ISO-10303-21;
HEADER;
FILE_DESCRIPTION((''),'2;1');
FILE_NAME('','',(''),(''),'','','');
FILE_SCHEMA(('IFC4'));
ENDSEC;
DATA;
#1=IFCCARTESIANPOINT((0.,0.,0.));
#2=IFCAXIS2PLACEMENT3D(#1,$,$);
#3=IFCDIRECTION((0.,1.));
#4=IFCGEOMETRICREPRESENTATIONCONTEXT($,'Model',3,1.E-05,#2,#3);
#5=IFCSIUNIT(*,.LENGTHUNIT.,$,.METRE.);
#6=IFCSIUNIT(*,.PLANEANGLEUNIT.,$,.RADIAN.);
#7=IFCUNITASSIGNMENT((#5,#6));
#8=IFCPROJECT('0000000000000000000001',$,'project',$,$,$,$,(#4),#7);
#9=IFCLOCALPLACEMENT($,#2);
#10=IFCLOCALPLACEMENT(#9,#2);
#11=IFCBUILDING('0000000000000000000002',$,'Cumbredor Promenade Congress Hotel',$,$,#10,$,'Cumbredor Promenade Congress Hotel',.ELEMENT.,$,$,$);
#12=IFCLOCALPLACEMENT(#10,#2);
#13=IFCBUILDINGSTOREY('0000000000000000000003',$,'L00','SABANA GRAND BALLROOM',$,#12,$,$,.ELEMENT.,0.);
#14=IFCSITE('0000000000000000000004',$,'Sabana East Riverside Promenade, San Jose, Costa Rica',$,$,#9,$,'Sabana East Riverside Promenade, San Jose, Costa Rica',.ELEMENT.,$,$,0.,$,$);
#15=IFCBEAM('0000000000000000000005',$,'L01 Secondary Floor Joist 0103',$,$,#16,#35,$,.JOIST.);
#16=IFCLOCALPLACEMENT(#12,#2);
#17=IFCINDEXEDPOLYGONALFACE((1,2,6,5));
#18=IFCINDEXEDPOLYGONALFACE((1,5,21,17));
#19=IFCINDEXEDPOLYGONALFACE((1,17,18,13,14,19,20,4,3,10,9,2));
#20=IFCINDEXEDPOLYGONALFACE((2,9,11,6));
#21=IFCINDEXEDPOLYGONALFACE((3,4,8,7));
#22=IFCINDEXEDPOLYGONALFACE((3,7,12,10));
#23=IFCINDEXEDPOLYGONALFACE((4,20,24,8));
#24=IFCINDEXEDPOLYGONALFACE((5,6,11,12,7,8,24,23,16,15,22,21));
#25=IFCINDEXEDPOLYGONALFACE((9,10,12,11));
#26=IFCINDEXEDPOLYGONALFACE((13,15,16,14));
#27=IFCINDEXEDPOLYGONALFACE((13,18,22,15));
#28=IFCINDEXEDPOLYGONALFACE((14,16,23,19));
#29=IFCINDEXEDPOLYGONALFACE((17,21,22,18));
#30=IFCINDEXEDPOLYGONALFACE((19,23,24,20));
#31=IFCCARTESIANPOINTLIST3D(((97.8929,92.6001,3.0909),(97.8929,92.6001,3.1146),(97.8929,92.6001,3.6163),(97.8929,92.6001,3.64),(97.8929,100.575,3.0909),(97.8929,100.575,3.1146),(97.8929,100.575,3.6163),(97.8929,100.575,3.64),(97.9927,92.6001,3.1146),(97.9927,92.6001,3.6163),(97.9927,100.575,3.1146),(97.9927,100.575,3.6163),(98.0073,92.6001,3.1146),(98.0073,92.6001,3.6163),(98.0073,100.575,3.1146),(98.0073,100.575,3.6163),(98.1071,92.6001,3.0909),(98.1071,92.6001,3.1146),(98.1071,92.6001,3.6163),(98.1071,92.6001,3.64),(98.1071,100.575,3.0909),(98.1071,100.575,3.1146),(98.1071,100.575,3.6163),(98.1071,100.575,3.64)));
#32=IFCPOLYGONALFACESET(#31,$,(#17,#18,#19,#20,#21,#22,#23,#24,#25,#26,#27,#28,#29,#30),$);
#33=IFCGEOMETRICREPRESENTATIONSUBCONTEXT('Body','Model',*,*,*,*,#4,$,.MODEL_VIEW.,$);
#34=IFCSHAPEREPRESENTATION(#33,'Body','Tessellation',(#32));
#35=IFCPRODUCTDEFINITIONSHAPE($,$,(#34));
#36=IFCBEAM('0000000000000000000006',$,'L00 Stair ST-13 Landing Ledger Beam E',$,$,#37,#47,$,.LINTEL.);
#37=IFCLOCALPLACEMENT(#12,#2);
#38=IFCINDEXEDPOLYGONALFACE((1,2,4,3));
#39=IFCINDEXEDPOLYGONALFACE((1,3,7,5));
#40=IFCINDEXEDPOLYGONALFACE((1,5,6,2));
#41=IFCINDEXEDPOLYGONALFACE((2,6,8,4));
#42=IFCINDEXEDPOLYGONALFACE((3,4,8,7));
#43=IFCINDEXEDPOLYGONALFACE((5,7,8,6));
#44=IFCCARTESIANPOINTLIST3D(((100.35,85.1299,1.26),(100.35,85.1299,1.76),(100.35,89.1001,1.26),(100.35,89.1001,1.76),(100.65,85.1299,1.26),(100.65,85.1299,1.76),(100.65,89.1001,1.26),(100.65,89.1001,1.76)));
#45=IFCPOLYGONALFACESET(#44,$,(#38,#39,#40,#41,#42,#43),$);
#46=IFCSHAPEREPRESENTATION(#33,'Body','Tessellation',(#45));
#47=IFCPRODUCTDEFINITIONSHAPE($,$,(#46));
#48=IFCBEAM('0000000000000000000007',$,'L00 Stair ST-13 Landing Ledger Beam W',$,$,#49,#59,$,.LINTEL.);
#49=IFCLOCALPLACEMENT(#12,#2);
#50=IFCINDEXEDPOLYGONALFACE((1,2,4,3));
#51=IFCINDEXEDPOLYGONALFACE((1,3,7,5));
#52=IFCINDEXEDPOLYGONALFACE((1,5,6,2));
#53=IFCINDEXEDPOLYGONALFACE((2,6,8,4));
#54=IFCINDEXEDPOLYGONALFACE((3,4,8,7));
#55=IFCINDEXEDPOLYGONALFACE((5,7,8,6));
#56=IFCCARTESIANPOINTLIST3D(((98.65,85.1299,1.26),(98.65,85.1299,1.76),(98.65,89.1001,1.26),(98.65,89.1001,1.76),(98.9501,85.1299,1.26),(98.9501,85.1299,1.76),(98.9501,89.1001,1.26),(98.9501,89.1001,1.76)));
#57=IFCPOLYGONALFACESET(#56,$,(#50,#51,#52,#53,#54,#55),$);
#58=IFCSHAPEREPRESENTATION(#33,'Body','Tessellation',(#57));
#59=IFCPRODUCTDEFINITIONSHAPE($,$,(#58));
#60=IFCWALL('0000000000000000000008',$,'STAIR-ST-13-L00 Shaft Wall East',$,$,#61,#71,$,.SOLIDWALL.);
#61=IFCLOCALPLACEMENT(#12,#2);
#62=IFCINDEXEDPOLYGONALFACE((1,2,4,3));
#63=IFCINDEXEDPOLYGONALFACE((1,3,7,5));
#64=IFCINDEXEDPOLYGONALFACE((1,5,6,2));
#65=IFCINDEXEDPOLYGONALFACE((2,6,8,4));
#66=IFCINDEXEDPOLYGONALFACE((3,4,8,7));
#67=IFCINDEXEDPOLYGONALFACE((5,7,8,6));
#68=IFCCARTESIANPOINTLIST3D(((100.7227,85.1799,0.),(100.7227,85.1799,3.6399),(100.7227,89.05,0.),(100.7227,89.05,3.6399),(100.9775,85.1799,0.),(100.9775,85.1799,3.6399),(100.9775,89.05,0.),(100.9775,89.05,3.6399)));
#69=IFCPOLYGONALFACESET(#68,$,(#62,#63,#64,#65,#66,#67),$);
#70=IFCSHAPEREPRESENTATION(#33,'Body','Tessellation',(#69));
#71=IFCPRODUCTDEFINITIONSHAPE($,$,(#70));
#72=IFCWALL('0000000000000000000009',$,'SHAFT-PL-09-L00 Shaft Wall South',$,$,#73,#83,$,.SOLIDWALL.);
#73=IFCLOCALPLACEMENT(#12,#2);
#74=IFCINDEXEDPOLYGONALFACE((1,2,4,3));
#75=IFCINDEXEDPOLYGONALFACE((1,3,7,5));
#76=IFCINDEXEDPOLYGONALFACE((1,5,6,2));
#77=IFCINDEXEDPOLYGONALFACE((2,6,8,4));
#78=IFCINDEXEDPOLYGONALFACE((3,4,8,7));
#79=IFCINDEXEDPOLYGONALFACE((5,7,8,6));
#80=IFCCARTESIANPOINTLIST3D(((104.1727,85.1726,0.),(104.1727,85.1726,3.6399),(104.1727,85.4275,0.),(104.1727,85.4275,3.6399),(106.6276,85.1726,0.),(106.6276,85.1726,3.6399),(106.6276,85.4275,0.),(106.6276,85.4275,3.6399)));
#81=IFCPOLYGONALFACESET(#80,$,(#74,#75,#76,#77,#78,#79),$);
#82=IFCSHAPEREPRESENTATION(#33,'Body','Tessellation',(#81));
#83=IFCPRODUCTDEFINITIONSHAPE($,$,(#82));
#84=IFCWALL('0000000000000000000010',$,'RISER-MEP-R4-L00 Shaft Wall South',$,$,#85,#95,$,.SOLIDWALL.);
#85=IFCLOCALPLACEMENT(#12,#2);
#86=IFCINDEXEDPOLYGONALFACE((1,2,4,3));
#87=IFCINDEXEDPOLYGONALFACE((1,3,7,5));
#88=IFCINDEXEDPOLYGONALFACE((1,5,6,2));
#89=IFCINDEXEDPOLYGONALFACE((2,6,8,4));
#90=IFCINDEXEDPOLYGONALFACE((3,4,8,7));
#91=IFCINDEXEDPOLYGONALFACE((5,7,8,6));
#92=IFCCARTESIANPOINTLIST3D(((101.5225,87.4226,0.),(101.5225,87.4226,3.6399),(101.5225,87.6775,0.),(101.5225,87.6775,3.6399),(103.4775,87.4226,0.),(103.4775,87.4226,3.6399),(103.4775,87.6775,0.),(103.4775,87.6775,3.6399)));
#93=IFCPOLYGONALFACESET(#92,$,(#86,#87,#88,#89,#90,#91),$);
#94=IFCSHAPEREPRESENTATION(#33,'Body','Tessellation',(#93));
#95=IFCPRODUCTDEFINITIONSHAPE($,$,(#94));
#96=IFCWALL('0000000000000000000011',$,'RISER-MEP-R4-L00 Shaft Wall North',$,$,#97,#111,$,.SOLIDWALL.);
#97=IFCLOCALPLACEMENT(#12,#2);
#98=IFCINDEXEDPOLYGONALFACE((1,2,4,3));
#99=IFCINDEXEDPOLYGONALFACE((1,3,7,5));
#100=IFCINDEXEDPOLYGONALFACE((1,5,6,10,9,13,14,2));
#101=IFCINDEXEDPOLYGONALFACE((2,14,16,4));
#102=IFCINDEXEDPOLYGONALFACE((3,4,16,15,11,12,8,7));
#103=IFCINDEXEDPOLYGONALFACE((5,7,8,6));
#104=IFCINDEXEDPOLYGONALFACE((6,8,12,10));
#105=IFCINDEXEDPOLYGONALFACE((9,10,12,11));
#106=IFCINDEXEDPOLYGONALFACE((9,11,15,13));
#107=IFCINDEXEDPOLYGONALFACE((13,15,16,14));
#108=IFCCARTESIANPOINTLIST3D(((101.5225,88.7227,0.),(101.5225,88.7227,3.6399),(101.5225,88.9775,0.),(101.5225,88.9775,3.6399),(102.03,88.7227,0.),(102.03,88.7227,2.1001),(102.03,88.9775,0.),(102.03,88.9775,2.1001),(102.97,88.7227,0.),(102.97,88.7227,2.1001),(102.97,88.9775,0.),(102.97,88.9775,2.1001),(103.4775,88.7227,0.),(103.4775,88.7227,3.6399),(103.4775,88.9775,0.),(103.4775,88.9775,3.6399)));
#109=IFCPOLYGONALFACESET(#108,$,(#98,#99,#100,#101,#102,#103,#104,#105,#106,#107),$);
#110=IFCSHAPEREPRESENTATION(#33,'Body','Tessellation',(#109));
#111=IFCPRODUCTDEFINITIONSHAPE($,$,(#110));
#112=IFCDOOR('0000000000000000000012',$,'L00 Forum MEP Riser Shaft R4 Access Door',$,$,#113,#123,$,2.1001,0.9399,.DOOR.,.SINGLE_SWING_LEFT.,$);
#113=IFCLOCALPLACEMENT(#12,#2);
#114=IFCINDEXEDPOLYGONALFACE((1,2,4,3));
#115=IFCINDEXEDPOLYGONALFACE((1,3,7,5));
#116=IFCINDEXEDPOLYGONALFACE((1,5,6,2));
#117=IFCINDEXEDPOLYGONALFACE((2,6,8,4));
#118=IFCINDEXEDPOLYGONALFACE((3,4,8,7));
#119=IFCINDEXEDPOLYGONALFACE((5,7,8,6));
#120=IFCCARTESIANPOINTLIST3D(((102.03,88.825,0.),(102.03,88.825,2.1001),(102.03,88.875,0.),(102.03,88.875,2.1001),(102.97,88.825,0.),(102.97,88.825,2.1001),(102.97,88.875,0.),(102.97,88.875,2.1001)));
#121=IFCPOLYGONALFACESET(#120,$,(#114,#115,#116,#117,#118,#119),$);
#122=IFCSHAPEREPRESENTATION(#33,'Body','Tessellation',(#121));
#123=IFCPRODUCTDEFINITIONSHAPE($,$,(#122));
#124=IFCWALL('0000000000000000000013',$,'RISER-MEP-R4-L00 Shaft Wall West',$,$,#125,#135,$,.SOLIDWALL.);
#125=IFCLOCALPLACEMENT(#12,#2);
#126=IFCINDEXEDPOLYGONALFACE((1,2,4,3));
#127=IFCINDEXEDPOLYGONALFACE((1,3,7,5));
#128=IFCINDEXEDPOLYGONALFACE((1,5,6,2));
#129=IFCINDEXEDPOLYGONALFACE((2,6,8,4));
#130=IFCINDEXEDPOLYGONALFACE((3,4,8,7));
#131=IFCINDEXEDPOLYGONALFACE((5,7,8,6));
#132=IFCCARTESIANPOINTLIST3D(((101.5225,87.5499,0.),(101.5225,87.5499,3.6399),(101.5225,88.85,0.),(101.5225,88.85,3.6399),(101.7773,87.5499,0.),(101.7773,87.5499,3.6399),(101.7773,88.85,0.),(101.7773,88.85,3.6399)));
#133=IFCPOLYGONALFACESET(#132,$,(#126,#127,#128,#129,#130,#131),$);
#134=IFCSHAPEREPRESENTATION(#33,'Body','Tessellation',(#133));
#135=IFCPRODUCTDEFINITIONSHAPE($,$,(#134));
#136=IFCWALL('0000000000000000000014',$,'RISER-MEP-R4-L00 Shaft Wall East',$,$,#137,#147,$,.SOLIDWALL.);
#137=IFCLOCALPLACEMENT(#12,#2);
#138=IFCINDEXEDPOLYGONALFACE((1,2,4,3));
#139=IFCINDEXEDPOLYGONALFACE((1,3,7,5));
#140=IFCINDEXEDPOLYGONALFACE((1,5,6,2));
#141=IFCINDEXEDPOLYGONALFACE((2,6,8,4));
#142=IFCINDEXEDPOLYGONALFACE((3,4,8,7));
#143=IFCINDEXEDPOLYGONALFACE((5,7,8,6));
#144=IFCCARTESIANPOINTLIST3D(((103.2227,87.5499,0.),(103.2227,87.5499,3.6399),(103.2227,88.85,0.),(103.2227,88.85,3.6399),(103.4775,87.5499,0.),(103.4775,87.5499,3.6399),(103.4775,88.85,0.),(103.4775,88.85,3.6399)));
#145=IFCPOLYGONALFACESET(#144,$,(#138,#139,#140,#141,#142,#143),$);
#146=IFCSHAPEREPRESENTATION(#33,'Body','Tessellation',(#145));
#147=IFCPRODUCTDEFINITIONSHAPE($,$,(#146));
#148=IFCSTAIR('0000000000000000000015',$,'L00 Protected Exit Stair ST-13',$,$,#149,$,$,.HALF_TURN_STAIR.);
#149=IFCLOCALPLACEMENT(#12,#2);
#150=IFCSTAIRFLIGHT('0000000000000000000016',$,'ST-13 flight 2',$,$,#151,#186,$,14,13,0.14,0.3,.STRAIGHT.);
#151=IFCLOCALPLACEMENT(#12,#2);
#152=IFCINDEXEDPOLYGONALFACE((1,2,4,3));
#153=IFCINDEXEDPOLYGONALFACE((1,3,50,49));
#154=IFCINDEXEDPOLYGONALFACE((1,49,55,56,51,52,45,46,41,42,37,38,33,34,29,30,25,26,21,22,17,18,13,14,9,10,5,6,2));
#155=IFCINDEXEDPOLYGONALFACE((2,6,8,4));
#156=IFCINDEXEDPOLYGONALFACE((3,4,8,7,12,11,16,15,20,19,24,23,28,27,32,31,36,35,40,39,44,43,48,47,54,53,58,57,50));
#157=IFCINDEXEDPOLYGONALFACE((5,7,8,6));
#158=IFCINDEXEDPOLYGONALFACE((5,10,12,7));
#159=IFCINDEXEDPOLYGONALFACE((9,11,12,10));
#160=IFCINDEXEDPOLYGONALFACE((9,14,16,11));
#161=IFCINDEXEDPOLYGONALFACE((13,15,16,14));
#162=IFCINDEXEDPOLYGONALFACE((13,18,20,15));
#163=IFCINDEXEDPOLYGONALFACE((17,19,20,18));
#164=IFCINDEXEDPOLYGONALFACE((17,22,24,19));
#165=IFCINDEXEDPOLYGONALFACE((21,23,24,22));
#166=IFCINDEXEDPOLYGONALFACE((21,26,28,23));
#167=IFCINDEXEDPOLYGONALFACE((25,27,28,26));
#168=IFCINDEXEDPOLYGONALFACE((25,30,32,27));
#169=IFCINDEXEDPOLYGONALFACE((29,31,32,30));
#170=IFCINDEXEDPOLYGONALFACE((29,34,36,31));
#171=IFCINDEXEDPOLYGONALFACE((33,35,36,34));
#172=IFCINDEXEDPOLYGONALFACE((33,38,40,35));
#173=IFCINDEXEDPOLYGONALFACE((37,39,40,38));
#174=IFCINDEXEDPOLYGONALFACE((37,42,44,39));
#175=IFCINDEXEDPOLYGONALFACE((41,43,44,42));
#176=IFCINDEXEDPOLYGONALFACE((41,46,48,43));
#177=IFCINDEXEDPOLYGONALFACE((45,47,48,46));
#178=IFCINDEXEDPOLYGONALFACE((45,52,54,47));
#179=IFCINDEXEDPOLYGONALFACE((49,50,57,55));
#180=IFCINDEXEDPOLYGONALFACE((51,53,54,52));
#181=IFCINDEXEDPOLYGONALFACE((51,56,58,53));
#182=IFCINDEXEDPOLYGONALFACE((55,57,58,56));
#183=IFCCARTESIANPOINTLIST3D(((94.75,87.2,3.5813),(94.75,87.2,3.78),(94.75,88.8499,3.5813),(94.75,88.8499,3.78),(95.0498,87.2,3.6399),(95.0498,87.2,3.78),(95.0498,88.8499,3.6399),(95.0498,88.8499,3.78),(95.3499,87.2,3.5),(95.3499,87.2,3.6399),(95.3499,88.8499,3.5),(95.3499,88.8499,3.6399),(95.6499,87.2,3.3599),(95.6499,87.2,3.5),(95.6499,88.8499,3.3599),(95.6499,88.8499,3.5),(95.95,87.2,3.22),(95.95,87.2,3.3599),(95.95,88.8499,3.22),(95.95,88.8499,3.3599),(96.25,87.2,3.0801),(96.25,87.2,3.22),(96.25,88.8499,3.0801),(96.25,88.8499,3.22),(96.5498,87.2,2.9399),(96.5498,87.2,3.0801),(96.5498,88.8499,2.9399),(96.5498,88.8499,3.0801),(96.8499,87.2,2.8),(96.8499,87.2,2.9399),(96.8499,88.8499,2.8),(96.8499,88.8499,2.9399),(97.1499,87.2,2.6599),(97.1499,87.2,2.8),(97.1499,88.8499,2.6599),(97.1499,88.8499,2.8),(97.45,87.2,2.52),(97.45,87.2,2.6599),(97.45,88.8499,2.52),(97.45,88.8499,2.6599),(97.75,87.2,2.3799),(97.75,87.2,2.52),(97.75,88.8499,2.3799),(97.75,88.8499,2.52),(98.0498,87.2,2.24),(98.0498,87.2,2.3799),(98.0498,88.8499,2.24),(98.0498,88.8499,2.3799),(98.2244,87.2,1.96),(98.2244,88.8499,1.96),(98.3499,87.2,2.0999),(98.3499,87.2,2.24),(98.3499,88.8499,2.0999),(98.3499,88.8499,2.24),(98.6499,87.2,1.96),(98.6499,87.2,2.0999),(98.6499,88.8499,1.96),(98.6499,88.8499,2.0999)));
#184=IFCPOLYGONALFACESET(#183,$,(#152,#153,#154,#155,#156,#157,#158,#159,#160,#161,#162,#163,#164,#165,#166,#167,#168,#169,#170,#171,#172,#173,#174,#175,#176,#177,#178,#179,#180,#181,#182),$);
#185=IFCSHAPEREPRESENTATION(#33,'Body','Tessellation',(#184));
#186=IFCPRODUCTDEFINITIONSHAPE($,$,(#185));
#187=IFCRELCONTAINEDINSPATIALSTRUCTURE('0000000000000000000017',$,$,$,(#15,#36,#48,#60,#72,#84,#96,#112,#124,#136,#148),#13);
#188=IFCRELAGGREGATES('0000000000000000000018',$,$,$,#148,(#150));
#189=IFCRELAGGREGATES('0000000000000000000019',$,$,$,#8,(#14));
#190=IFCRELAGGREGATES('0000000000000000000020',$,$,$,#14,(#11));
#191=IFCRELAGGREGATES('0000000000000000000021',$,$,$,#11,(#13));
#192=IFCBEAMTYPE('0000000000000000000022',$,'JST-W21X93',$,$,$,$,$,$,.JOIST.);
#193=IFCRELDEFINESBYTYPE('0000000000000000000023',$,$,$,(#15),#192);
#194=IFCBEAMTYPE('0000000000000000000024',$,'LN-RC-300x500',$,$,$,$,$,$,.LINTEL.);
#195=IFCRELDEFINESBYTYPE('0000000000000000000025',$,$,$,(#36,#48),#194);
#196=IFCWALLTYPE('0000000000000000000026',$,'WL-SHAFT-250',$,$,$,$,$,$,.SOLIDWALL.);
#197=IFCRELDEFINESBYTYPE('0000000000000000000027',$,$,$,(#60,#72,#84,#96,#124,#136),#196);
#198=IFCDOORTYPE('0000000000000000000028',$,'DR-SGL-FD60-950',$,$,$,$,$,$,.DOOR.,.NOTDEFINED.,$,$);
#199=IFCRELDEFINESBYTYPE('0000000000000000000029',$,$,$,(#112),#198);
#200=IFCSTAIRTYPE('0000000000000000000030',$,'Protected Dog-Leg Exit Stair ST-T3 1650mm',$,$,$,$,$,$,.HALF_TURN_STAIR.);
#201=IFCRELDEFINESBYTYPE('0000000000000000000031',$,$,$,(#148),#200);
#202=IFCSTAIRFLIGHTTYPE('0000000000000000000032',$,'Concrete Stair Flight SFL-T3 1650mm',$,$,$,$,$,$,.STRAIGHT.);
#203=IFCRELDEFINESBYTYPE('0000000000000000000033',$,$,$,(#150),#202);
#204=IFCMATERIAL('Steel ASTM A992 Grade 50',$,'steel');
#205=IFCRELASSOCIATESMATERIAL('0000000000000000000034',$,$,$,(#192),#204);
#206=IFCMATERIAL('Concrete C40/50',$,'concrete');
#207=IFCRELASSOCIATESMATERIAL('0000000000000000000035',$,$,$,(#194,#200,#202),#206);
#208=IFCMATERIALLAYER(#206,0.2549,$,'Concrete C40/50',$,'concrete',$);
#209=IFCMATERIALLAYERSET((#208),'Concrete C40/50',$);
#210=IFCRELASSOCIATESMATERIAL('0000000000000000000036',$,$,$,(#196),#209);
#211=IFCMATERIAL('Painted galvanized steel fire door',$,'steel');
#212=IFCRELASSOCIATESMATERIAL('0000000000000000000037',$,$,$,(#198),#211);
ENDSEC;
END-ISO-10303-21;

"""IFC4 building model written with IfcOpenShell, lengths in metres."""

from ifc_helpers import new_model, si_unit, direction, frame, frame_2d, origin, origin_2d, place, context, subcontext, project, spatial, polyline, rectangle, i_section, outline, extrude, material, layer, layer_set, material_profile, profile_set, type_object, element, fill, aggregate, save


model = new_model("IFC4")

# Units and contexts
model_context = context("Model", 3, precision=1e-05, world=origin(), true_north=direction((0.0, 1.0)))
body_context = subcontext(model_context, "Body", "Model", "MODEL_VIEW")
ifc_project = project(units=[si_unit("LENGTHUNIT", "METRE"), si_unit("PLANEANGLEUNIT", "RADIAN")], contexts=[model_context])

# Site, building, storey
site_placement = place(None, origin())
site = spatial("IfcSite", under=ifc_project, at=site_placement, Name="Sabana East Riverside Promenade, San Jose, Costa Rica", LongName="Sabana East Riverside Promenade, San Jose, Costa Rica", CompositionType="ELEMENT", RefElevation=0.0)
building_placement = place(site_placement, origin())
building = spatial("IfcBuilding", under=site, at=building_placement, Name="Cumbredor Promenade Congress Hotel", LongName="Cumbredor Promenade Congress Hotel", CompositionType="ELEMENT")
storey_placement = place(building_placement, origin())
storey = spatial("IfcBuildingStorey", under=building, at=storey_placement, Name="L00", Description="SABANA GRAND BALLROOM", CompositionType="ELEMENT", Elevation=0.0)

# Beams
ifc_material_1 = material(Name="Concrete C40/50", Category="concrete")
ifc_material_2 = material(Name="Steel ASTM A992 Grade 50", Category="steel")
ifc_material_profile_1 = material_profile(ifc_material_2, i_section(OverallWidth=0.2141, OverallDepth=0.5491, WebThickness=0.0146, FlangeThickness=0.0237, at=origin_2d()), Name="W21X93")
ifc_profile_set_1 = profile_set([ifc_material_profile_1], Name="Steel ASTM A992 Grade 50")
beam_type_1 = type_object("IfcBeamType", Name="JST-W21X93", PredefinedType="JOIST", material=ifc_profile_set_1)
for number, where, z_axis, x_axis, name in (
    (1, (98.0, 92.6001, 3.3655), (0.0, 1.0, 0.0), (-1.0, 0.0, 0.0), "L01 Secondary Floor Joist 0103"),
):
    element("IfcBeam", number, at=place(storey_placement, frame(where, z_axis=z_axis, x_axis=x_axis)), inside=storey, type_object=beam_type_1, Name=name, PredefinedType="JOIST", context=body_context, shape_type="SweptSolid", body=[
        extrude(i_section(OverallWidth=0.2141, OverallDepth=0.5491, WebThickness=0.0146, FlangeThickness=0.0237, at=origin_2d()), origin(), (0.0, 0.0, 1.0), 7.9749),
    ])
ifc_material_profile_2 = material_profile(ifc_material_1, rectangle(XDim=0.3, YDim=0.5, at=origin_2d()), Name="RC LINTEL 300x500")
ifc_profile_set_2 = profile_set([ifc_material_profile_2], Name="Concrete C40/50")
beam_type_2 = type_object("IfcBeamType", Name="LN-RC-300x500", PredefinedType="LINTEL", material=ifc_profile_set_2)
for number, where, z_axis, x_axis, name in (
    (2, (100.5, 85.1299, 1.51), (0.0, 1.0, 0.0), (-1.0, 0.0, 0.0), "L00 Stair ST-13 Landing Ledger Beam E"),
    (3, (98.8, 85.1299, 1.51), (0.0, 1.0, 0.0), (-1.0, 0.0, 0.0), "L00 Stair ST-13 Landing Ledger Beam W"),
):
    element("IfcBeam", number, at=place(storey_placement, frame(where, z_axis=z_axis, x_axis=x_axis)), inside=storey, type_object=beam_type_2, Name=name, PredefinedType="LINTEL", context=body_context, shape_type="SweptSolid", body=[
        extrude(rectangle(XDim=0.3, YDim=0.5, at=origin_2d()), origin(), (0.0, 0.0, 1.0), 3.9702),
    ])

# Walls
ifc_layer = layer(ifc_material_1, 0.2549, Name="Concrete C40/50", Category="concrete")
ifc_layer_set = layer_set([ifc_layer], Name="Concrete C40/50")
wall_type = type_object("IfcWallType", Name="WL-SHAFT-250", PredefinedType="SOLIDWALL", material=ifc_layer_set)
wall_1_placement = place(storey_placement, frame((100.8501, 85.1799, 0.0), z_axis=(0.0, 0.0, 1.0), x_axis=(0.0, 1.0, 0.0)))
element("IfcWall", 4, at=wall_1_placement, inside=storey, type_object=wall_type, Name="STAIR-ST-13-L00 Shaft Wall East", PredefinedType="SOLIDWALL", context=body_context, shape_type="SweptSolid", body=[
    extrude(rectangle(XDim=3.8701, YDim=0.2549, at=frame_2d((1.9351, 0.0))), origin(), (0.0, 0.0, 1.0), 3.6399),
])
wall_2_placement = place(storey_placement, frame((104.1726, 85.3, 0.0), z_axis=(0.0, 0.0, 1.0), x_axis=(1.0, 0.0, 0.0)))
element("IfcWall", 5, at=wall_2_placement, inside=storey, type_object=wall_type, Name="SHAFT-PL-09-L00 Shaft Wall South", PredefinedType="SOLIDWALL", context=body_context, shape_type="SweptSolid", body=[
    extrude(rectangle(XDim=2.4548, YDim=0.2549, at=frame_2d((1.2275, 0.0))), origin(), (0.0, 0.0, 1.0), 3.6399),
])

# Wall
wall_3_placement = place(storey_placement, frame((101.5225, 87.55, 0.0), z_axis=(0.0, 0.0, 1.0), x_axis=(1.0, 0.0, 0.0)))
element("IfcWall", 6, at=wall_3_placement, inside=storey, type_object=wall_type, Name="RISER-MEP-R4-L00 Shaft Wall South", PredefinedType="SOLIDWALL", context=body_context, shape_type="SweptSolid", body=[
    extrude(rectangle(XDim=1.9551, YDim=0.2549, at=frame_2d((0.9775, 0.0))), origin(), (0.0, 0.0, 1.0), 3.6399),
])

# Wall, opening, door
wall_4_placement = place(storey_placement, frame((101.5225, 88.8501, 0.0), z_axis=(0.0, 0.0, 1.0), x_axis=(1.0, 0.0, 0.0)))
wall_4 = element("IfcWall", 7, at=wall_4_placement, inside=storey, type_object=wall_type, Name="RISER-MEP-R4-L00 Shaft Wall North", PredefinedType="SOLIDWALL", context=body_context, shape_type="SweptSolid", body=[
    extrude(rectangle(XDim=1.9551, YDim=0.2549, at=frame_2d((0.9775, 0.0))), origin(), (0.0, 0.0, 1.0), 3.6399),
])
opening_1_placement = place(wall_4_placement, frame((0.5076, 0.0, 0.0)))
opening_1 = element("IfcOpeningElement", 8, at=opening_1_placement, cuts=wall_4, PredefinedType="OPENING", context=body_context, shape_type="SweptSolid", body=[
    extrude(rectangle(XDim=0.9399, YDim=2.1001, at=frame_2d((0.47, 1.05))), frame((0.0, 0.1375, 0.0), z_axis=(0.0, -1.0, 0.0), x_axis=(1.0, 0.0, 0.0)), (0.0, 0.0, 1.0), 0.2749),
])
ifc_material_3 = material(Name="Painted galvanized steel fire door", Category="steel")
door_type_1 = type_object("IfcDoorType", Name="DR-SGL-FD60-950", OperationType="NOTDEFINED", PredefinedType="DOOR", material=ifc_material_3)
door_1_placement = place(opening_1_placement, origin())
door_1 = element("IfcDoor", 9, at=door_1_placement, inside=storey, type_object=door_type_1, Name="L00 Forum MEP Riser Shaft R4 Access Door", OperationType="SINGLE_SWING_LEFT", OverallHeight=2.1001, OverallWidth=0.9399, PredefinedType="DOOR", context=body_context, shape_type="SweptSolid", body=[
    extrude(rectangle(XDim=0.9399, YDim=2.1001, at=frame_2d((0.47, 1.05))), frame((0.0, 0.0249, 0.0), z_axis=(0.0, -1.0, 0.0), x_axis=(1.0, 0.0, 0.0)), (0.0, 0.0, 1.0), 0.05),
])
fill(opening_1, door_1)

# Walls
for number, where, z_axis, x_axis, name in (
    (10, (101.6499, 87.55, 0.0), (0.0, 0.0, 1.0), (0.0, 1.0, 0.0), "RISER-MEP-R4-L00 Shaft Wall West"),
    (11, (103.3501, 87.55, 0.0), (0.0, 0.0, 1.0), (0.0, 1.0, 0.0), "RISER-MEP-R4-L00 Shaft Wall East"),
):
    element("IfcWall", number, at=place(storey_placement, frame(where, z_axis=z_axis, x_axis=x_axis)), inside=storey, type_object=wall_type, Name=name, PredefinedType="SOLIDWALL", context=body_context, shape_type="SweptSolid", body=[
        extrude(rectangle(XDim=1.3, YDim=0.2549, at=frame_2d((0.6499, 0.0))), origin(), (0.0, 0.0, 1.0), 3.6399),
    ])

# Stair, stair flight
stair_type = type_object("IfcStairType", Name="Protected Dog-Leg Exit Stair ST-T3 1650mm", PredefinedType="HALF_TURN_STAIR", material=ifc_material_1)
stair_placement = place(storey_placement, origin())
stair = element("IfcStair", 12, at=stair_placement, inside=storey, type_object=stair_type, Name="L00 Protected Exit Stair ST-13", PredefinedType="HALF_TURN_STAIR")
stair_flight_type = type_object("IfcStairFlightType", Name="Concrete Stair Flight SFL-T3 1650mm", PredefinedType="STRAIGHT", material=ifc_material_1)
stair_flight_placement = place(storey_placement, frame((98.6499, 88.0249, 1.96), z_axis=(0.0, 0.0, 1.0), x_axis=(-1.0, 0.0, 0.0)))
stair_flight = element("IfcStairFlight", 13, at=stair_flight_placement, type_object=stair_flight_type, Name="ST-13 flight 2", NumberOfRisers=14, NumberOfTreads=13, PredefinedType="STRAIGHT", RiserHeight=0.14, TreadLength=0.3, context=body_context, shape_type="SweptSolid", body=[
    extrude(outline(polyline([(0.0, 0.0), (0.0, 0.1399), (0.3, 0.1399), (0.3, 0.28), (0.6001, 0.28), (0.6001, 0.4199), (0.8999, 0.4199), (0.8999, 0.5601), (1.2, 0.5601), (1.2, 0.7), (1.5, 0.7), (1.5, 0.8401), (1.8, 0.8401), (1.8, 0.98), (2.1001, 0.98), (2.1001, 1.1201), (2.3999, 1.1201), (2.3999, 1.26), (2.7, 1.26), (2.7, 1.3999), (3.0, 1.3999), (3.0, 1.54), (3.3, 1.54), (3.3, 1.6799), (3.6001, 1.6799), (3.6001, 1.8201), (3.8999, 1.8201), (3.8999, 1.96), (3.8999, 1.6213), (0.4255, 0.0), (0.0, 0.0)])), frame((0.0, 0.825, 0.0), z_axis=(0.0, -1.0, 0.0), x_axis=(1.0, 0.0, 0.0)), (0.0, 0.0, 1.0), 1.6499),
])
aggregate(stair, [stair_flight])

save(model, "model.ifc")
